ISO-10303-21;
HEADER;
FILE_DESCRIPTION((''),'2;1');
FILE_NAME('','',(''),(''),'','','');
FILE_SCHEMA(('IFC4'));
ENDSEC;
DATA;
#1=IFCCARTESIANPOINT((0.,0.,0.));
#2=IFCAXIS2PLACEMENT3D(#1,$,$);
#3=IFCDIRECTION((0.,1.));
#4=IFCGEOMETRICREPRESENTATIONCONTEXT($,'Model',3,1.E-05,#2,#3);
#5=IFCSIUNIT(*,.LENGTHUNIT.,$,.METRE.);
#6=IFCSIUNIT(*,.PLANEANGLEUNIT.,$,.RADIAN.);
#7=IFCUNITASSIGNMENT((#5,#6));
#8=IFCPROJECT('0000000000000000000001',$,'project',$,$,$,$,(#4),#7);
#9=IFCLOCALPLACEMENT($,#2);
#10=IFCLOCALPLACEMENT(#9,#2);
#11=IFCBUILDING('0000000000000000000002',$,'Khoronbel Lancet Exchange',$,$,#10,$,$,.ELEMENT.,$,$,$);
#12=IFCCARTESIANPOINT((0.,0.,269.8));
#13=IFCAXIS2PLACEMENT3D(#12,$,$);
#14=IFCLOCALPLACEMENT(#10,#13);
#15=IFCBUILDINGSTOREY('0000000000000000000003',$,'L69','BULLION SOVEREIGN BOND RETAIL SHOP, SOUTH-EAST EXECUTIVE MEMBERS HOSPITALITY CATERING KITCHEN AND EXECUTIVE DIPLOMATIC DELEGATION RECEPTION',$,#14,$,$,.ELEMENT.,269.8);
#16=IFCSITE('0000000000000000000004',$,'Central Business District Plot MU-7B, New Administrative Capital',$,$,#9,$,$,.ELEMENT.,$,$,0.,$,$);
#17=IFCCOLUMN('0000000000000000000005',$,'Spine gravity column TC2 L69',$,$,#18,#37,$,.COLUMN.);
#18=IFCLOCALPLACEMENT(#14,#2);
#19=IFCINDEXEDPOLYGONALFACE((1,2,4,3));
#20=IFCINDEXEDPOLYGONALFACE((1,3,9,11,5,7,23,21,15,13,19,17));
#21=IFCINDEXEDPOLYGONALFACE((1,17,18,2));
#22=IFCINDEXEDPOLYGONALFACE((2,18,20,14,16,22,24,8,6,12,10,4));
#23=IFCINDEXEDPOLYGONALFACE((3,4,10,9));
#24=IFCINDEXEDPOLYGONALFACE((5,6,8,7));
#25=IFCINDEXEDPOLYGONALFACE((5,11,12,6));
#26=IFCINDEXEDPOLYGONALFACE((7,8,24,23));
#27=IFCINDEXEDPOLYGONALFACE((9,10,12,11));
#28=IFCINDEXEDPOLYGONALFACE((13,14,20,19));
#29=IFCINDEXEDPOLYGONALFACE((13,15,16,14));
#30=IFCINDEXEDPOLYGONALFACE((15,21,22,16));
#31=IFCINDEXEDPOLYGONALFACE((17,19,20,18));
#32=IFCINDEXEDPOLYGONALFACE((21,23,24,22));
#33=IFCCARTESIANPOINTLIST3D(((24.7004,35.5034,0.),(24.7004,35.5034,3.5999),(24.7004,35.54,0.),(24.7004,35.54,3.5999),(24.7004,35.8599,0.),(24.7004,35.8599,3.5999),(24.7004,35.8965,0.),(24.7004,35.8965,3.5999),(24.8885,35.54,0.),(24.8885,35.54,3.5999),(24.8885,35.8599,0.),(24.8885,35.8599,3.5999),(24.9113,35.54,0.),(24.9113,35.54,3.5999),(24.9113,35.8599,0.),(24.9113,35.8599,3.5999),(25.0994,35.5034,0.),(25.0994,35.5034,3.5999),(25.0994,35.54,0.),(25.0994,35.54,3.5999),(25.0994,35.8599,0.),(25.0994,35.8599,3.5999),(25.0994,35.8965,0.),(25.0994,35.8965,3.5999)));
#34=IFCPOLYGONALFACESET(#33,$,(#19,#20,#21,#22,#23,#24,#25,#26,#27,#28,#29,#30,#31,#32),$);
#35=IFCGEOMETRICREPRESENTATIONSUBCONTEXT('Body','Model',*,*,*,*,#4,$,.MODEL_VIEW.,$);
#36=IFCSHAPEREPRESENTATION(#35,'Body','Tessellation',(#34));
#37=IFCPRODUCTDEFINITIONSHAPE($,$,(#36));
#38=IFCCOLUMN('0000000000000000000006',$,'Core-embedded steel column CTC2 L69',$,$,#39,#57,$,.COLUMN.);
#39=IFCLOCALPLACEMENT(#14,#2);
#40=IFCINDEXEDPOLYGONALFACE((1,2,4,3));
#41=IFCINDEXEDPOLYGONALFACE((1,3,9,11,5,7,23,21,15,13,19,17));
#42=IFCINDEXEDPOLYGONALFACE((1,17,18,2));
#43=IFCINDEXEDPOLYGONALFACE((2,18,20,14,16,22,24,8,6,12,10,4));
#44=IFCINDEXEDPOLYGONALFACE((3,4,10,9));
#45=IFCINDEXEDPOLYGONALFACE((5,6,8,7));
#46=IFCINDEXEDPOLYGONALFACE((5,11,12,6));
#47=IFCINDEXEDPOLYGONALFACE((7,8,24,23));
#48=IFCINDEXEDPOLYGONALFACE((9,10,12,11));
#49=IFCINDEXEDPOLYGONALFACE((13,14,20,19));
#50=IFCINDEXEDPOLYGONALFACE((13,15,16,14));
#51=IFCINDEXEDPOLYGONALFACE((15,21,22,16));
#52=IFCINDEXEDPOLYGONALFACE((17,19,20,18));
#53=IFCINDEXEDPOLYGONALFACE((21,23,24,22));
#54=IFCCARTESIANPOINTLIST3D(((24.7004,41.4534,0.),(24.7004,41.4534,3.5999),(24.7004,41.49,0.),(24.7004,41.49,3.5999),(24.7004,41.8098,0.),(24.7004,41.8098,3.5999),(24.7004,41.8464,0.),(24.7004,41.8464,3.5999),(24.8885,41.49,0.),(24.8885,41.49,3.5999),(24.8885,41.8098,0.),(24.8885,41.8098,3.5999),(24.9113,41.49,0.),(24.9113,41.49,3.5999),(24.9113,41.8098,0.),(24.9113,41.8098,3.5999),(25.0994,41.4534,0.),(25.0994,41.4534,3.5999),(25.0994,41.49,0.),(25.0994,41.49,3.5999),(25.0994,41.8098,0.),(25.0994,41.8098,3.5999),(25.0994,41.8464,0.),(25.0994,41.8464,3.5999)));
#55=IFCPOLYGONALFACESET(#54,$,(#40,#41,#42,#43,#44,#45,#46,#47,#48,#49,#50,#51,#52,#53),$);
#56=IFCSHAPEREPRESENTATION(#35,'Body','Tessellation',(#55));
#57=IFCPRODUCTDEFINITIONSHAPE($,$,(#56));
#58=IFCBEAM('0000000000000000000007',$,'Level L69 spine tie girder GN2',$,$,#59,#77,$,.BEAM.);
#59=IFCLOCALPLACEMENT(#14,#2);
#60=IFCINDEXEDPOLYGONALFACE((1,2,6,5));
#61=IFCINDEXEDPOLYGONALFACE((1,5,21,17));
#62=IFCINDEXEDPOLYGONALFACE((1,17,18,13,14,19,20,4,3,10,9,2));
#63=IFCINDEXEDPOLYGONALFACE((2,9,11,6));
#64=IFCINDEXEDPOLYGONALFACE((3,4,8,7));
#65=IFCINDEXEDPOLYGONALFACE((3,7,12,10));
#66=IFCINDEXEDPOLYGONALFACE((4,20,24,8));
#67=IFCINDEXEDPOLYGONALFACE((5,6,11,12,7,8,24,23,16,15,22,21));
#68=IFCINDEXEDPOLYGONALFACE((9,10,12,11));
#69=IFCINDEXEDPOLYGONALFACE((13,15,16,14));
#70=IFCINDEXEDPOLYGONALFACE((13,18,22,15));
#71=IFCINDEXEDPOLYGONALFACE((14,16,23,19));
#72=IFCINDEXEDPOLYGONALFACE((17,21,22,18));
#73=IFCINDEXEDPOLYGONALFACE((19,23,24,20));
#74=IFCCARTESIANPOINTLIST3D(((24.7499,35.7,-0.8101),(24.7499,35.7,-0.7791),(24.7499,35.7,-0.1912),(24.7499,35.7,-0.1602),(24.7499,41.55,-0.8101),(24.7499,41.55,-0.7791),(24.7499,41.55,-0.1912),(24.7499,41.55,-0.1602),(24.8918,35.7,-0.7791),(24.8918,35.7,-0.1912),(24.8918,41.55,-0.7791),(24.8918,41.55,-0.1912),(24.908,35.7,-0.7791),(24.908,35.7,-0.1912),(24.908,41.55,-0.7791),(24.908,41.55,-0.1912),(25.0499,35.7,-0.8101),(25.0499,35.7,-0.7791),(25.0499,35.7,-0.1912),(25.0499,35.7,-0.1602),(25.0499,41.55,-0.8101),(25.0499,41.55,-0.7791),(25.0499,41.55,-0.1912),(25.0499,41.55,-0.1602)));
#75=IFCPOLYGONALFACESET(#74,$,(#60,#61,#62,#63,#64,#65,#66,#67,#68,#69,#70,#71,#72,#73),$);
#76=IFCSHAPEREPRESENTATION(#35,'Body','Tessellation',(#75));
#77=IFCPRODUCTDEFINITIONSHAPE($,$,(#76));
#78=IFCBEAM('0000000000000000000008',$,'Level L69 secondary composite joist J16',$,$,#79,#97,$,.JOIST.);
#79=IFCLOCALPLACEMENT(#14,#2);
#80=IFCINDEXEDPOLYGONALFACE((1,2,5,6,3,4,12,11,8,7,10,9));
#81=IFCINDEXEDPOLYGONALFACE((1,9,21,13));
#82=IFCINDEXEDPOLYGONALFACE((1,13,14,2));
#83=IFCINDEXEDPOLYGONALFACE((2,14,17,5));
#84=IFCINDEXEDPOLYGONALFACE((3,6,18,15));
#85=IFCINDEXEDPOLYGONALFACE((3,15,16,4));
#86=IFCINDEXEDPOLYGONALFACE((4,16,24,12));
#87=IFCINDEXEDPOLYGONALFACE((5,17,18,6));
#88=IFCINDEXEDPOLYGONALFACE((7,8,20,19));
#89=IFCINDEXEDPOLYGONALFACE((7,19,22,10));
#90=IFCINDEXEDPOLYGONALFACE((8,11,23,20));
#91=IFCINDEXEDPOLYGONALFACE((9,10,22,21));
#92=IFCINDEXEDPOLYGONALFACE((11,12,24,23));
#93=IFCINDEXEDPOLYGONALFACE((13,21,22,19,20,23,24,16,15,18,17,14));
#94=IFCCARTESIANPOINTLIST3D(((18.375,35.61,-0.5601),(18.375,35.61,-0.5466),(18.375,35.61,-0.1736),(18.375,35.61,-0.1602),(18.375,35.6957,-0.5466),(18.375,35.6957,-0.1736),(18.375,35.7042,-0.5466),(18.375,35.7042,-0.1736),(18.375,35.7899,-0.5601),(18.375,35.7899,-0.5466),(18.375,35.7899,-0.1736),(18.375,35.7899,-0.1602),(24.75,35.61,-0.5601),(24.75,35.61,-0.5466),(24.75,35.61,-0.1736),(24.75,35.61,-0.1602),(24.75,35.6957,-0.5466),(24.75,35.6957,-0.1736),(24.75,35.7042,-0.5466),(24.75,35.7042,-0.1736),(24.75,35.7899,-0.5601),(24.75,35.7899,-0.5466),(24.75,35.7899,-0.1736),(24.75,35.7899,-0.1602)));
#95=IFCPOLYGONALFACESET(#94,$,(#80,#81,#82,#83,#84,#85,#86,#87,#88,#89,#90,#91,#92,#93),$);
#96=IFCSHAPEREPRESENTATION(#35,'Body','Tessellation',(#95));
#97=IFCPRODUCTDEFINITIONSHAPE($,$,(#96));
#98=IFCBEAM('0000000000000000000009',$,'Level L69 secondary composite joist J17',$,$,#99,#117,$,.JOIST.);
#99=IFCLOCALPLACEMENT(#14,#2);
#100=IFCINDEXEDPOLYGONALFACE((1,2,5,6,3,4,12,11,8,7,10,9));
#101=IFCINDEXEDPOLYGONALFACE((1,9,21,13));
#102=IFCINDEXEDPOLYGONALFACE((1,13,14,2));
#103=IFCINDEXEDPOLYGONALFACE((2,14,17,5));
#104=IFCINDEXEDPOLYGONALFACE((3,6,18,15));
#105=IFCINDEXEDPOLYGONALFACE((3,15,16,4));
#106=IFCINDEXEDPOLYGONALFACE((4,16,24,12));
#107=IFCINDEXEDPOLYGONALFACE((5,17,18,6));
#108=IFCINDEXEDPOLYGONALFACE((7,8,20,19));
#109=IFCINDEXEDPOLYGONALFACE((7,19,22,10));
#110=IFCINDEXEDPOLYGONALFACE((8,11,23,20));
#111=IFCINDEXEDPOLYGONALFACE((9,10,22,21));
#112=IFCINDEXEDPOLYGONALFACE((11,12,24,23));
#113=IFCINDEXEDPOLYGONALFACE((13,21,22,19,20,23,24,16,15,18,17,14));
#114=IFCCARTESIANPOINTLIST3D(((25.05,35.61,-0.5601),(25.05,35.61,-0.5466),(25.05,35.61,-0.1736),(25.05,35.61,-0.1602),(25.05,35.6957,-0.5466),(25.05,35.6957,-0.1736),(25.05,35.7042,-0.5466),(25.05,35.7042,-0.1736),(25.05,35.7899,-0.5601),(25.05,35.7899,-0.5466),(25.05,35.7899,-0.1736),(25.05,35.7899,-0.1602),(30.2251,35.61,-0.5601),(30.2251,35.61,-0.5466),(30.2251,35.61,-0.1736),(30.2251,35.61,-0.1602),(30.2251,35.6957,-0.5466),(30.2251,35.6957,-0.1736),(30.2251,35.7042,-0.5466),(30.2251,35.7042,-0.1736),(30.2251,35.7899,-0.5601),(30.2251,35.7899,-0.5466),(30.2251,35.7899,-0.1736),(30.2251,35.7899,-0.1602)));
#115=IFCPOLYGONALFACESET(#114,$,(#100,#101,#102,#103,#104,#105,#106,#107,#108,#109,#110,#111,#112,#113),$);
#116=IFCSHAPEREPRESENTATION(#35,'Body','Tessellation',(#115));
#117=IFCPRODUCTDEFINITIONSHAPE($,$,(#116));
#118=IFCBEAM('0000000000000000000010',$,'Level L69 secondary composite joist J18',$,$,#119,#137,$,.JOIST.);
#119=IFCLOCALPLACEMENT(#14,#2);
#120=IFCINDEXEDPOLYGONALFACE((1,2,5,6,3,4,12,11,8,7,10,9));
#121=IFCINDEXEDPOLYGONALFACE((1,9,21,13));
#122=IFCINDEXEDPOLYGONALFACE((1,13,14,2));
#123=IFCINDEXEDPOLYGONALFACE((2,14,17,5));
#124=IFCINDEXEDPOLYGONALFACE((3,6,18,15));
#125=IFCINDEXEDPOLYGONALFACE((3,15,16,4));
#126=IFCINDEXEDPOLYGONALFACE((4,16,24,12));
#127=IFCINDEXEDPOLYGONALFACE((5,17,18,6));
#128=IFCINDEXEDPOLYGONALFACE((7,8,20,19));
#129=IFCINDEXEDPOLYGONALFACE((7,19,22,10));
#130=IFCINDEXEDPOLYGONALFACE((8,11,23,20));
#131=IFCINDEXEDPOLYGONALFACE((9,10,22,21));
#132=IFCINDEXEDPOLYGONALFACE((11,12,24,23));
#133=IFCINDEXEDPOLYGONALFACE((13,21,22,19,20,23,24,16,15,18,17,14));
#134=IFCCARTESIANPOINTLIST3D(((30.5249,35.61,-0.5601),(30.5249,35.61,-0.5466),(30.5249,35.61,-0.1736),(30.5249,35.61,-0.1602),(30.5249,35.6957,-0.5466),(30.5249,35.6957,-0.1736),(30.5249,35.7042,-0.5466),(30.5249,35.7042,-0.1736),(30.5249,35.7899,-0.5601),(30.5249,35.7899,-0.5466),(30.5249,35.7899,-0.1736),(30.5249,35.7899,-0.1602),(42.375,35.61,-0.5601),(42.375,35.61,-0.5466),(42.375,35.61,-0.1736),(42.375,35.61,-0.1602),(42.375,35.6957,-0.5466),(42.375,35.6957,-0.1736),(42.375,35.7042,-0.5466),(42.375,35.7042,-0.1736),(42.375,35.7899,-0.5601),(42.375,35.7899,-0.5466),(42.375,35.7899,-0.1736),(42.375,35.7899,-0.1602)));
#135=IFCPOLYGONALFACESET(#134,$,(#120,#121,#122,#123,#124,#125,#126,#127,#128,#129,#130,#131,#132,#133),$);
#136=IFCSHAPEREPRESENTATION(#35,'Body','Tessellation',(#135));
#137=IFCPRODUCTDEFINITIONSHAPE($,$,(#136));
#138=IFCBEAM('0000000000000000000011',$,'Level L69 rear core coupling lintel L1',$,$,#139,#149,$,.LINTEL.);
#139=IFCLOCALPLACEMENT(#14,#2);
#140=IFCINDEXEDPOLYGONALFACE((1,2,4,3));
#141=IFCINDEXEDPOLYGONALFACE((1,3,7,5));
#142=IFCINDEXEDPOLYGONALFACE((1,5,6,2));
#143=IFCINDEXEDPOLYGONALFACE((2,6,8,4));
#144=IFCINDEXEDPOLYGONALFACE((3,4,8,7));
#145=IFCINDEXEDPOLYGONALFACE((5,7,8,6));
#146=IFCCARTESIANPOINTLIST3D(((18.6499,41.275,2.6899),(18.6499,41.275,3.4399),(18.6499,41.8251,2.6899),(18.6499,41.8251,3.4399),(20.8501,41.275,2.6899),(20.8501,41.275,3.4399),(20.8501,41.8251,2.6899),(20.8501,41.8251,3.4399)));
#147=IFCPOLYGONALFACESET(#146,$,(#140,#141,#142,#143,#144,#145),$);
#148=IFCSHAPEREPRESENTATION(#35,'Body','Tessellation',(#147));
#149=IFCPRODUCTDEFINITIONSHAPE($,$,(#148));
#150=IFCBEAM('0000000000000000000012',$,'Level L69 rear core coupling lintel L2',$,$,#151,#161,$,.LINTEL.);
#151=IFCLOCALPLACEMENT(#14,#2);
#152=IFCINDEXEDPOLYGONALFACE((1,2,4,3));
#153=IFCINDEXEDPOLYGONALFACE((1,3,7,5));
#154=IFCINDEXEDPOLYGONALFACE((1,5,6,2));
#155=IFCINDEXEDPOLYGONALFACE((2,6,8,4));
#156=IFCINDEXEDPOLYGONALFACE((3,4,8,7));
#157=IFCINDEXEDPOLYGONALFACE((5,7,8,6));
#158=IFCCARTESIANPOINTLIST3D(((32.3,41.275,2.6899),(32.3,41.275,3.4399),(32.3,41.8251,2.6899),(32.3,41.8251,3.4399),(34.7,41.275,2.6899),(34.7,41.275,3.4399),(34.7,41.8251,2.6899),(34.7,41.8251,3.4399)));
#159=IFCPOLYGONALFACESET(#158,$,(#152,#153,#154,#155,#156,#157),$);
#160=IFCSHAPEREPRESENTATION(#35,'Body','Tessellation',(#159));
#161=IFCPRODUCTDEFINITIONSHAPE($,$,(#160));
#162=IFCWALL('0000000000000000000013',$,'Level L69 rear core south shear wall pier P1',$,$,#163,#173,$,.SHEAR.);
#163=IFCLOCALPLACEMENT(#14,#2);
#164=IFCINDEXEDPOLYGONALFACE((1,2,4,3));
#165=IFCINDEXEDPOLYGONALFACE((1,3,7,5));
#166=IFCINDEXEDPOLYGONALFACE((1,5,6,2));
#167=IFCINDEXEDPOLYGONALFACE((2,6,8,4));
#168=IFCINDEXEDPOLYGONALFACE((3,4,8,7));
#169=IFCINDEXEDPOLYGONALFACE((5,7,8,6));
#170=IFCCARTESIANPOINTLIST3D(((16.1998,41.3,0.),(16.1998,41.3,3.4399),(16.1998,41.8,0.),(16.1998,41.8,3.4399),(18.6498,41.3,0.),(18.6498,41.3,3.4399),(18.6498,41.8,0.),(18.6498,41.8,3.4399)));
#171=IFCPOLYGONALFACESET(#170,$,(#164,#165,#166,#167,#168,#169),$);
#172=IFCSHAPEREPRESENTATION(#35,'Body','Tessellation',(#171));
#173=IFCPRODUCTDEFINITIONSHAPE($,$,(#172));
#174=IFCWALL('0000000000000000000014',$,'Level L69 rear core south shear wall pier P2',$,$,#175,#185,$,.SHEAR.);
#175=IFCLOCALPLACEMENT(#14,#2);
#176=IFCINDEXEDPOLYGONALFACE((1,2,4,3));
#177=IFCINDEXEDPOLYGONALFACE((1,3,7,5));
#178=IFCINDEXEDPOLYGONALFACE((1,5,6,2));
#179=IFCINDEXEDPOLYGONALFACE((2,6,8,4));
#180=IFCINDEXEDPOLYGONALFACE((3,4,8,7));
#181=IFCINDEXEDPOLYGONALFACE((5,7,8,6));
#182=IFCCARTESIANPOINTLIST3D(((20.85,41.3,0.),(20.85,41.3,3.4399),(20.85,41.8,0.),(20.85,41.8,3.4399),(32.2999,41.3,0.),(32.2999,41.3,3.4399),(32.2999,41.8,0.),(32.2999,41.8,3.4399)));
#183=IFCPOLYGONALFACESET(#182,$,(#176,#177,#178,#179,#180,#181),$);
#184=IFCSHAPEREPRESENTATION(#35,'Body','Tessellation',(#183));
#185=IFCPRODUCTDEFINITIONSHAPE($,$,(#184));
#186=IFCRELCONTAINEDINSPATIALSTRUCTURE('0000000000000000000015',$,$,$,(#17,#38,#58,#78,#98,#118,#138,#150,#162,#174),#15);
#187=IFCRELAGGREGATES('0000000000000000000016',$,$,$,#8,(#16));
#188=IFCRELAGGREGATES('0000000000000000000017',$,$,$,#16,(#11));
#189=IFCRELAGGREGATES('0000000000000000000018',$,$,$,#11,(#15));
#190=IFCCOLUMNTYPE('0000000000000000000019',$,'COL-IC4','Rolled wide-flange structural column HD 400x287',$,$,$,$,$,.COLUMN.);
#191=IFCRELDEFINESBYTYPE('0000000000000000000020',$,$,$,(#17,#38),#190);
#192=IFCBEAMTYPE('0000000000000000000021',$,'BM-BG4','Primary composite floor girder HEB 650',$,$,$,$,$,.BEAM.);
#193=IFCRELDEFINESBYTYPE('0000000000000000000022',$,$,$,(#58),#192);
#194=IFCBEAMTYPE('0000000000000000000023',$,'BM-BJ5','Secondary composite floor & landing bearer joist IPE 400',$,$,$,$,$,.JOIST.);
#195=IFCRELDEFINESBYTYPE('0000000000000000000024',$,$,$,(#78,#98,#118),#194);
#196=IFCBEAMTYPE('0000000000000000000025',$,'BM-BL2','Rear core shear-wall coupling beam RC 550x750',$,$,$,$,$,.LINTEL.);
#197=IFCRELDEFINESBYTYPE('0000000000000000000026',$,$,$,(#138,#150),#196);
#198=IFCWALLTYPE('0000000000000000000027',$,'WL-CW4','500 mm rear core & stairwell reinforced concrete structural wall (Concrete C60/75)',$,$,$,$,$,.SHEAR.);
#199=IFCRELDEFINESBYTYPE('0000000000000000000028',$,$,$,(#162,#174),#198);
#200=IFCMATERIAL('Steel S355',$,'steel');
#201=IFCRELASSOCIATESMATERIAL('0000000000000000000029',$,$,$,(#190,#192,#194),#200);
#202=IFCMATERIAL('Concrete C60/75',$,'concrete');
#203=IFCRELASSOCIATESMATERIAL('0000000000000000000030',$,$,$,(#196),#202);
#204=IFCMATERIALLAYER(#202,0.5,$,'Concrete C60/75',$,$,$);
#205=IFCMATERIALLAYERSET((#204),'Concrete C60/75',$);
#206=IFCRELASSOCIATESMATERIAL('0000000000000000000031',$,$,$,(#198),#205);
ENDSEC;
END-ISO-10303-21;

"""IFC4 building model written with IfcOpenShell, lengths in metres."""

from ifc_helpers import new_model, si_unit, direction, frame, frame_2d, origin, origin_2d, place, context, subcontext, project, spatial, rectangle, i_section, extrude, material, layer, layer_set, material_profile, profile_set, type_object, element, save


model = new_model("IFC4")

# Units and contexts
model_context = context("Model", 3, precision=1e-05, world=origin(), true_north=direction((0.0, 1.0)))
body_context = subcontext(model_context, "Body", "Model", "MODEL_VIEW")
ifc_project = project(units=[si_unit("LENGTHUNIT", "METRE"), si_unit("PLANEANGLEUNIT", "RADIAN")], contexts=[model_context])

# Site, building, storey
site_placement = place(None, origin())
site = spatial("IfcSite", under=ifc_project, at=site_placement, Name="Central Business District Plot MU-7B, New Administrative Capital", CompositionType="ELEMENT", RefElevation=0.0)
building_placement = place(site_placement, origin())
building = spatial("IfcBuilding", under=site, at=building_placement, Name="Khoronbel Lancet Exchange", CompositionType="ELEMENT")
storey_placement = place(building_placement, frame((0.0, 0.0, 269.8)))
storey = spatial("IfcBuildingStorey", under=building, at=storey_placement, Name="L69", Description="BULLION SOVEREIGN BOND RETAIL SHOP, SOUTH-EAST EXECUTIVE MEMBERS HOSPITALITY CATERING KITCHEN AND EXECUTIVE DIPLOMATIC DELEGATION RECEPTION", CompositionType="ELEMENT", Elevation=269.8)

# Columns
ifc_material_1 = material(Name="Steel S355", Category="steel")
ifc_material_profile_1 = material_profile(ifc_material_1, i_section(OverallWidth=0.3989, OverallDepth=0.3931, WebThickness=0.0227, FlangeThickness=0.0366, at=origin_2d()), Name="HD 400x287")
ifc_profile_set_1 = profile_set([ifc_material_profile_1], Name="Steel S355")
column_type = type_object("IfcColumnType", Name="COL-IC4", Description="Rolled wide-flange structural column HD 400x287", PredefinedType="COLUMN", material=ifc_profile_set_1)
for number, where, z_axis, x_axis, name in (
    (1, (24.8999, 35.7, 0.0), (0.0, 0.0, 1.0), (1.0, 0.0, 0.0), "Spine gravity column TC2 L69"),
    (2, (24.8999, 41.6499, 0.0), (0.0, 0.0, 1.0), (1.0, 0.0, 0.0), "Core-embedded steel column CTC2 L69"),
):
    element("IfcColumn", number, at=place(storey_placement, frame(where, z_axis=z_axis, x_axis=x_axis)), inside=storey, type_object=column_type, Name=name, PredefinedType="COLUMN", context=body_context, shape_type="SweptSolid", body=[
        extrude(i_section(OverallWidth=0.3989, OverallDepth=0.3931, WebThickness=0.0227, FlangeThickness=0.0366, at=origin_2d()), origin(), (0.0, 0.0, 1.0), 3.5999),
    ])

# Beams
ifc_material_profile_2 = material_profile(ifc_material_1, i_section(OverallWidth=0.3, OverallDepth=0.6499, WebThickness=0.0161, FlangeThickness=0.031, at=origin_2d()), Name="HEB 650")
ifc_profile_set_2 = profile_set([ifc_material_profile_2], Name="Steel S355")
beam_type_1 = type_object("IfcBeamType", Name="BM-BG4", Description="Primary composite floor girder HEB 650", PredefinedType="BEAM", material=ifc_profile_set_2)
beam_1_placement = place(storey_placement, frame((24.8999, 35.7, -0.4851), z_axis=(0.0, 1.0, 0.0), x_axis=(-1.0, 0.0, 0.0)))
element("IfcBeam", 3, at=beam_1_placement, inside=storey, type_object=beam_type_1, Name="Level L69 spine tie girder GN2", PredefinedType="BEAM", context=body_context, shape_type="SweptSolid", body=[
    extrude(i_section(OverallWidth=0.3, OverallDepth=0.6499, WebThickness=0.0161, FlangeThickness=0.031, at=origin_2d()), origin(), (0.0, 0.0, 1.0), 5.8501),
])
ifc_material_profile_3 = material_profile(ifc_material_1, i_section(OverallWidth=0.1799, OverallDepth=0.3999, WebThickness=0.0085, FlangeThickness=0.0134, at=origin_2d()), Name="IPE 400")
ifc_profile_set_3 = profile_set([ifc_material_profile_3], Name="Steel S355")
beam_type_2 = type_object("IfcBeamType", Name="BM-BJ5", Description="Secondary composite floor & landing bearer joist IPE 400", PredefinedType="JOIST", material=ifc_profile_set_3)
beam_2_placement = place(storey_placement, frame((18.375, 35.7, -0.3601), z_axis=(1.0, 0.0, 0.0), x_axis=(0.0, 1.0, 0.0)))
element("IfcBeam", 4, at=beam_2_placement, inside=storey, type_object=beam_type_2, Name="Level L69 secondary composite joist J16", PredefinedType="JOIST", context=body_context, shape_type="SweptSolid", body=[
    extrude(i_section(OverallWidth=0.1799, OverallDepth=0.3999, WebThickness=0.0085, FlangeThickness=0.0134, at=origin_2d()), origin(), (0.0, 0.0, 1.0), 6.375),
])
beam_3_placement = place(storey_placement, frame((25.05, 35.7, -0.3601), z_axis=(1.0, 0.0, 0.0), x_axis=(0.0, 1.0, 0.0)))
element("IfcBeam", 5, at=beam_3_placement, inside=storey, type_object=beam_type_2, Name="Level L69 secondary composite joist J17", PredefinedType="JOIST", context=body_context, shape_type="SweptSolid", body=[
    extrude(i_section(OverallWidth=0.1799, OverallDepth=0.3999, WebThickness=0.0085, FlangeThickness=0.0134, at=origin_2d()), origin(), (0.0, 0.0, 1.0), 5.175),
])
beam_4_placement = place(storey_placement, frame((30.5249, 35.7, -0.3601), z_axis=(1.0, 0.0, 0.0), x_axis=(0.0, 1.0, 0.0)))
element("IfcBeam", 6, at=beam_4_placement, inside=storey, type_object=beam_type_2, Name="Level L69 secondary composite joist J18", PredefinedType="JOIST", context=body_context, shape_type="SweptSolid", body=[
    extrude(i_section(OverallWidth=0.1799, OverallDepth=0.3999, WebThickness=0.0085, FlangeThickness=0.0134, at=origin_2d()), origin(), (0.0, 0.0, 1.0), 11.8501),
])
ifc_material_2 = material(Name="Concrete C60/75", Category="concrete")
ifc_material_profile_4 = material_profile(ifc_material_2, rectangle(XDim=0.55, YDim=0.75, at=origin_2d()), Name="RC 550x750")
ifc_profile_set_4 = profile_set([ifc_material_profile_4], Name="Concrete C60/75")
beam_type_3 = type_object("IfcBeamType", Name="BM-BL2", Description="Rear core shear-wall coupling beam RC 550x750", PredefinedType="LINTEL", material=ifc_profile_set_4)
beam_5_placement = place(storey_placement, frame((18.6499, 41.55, 3.0649), z_axis=(1.0, 0.0, 0.0), x_axis=(0.0, 1.0, 0.0)))
element("IfcBeam", 7, at=beam_5_placement, inside=storey, type_object=beam_type_3, Name="Level L69 rear core coupling lintel L1", PredefinedType="LINTEL", context=body_context, shape_type="SweptSolid", body=[
    extrude(rectangle(XDim=0.55, YDim=0.75, at=origin_2d()), origin(), (0.0, 0.0, 1.0), 2.2002),
])
beam_6_placement = place(storey_placement, frame((32.3, 41.55, 3.0649), z_axis=(1.0, 0.0, 0.0), x_axis=(0.0, 1.0, 0.0)))
element("IfcBeam", 8, at=beam_6_placement, inside=storey, type_object=beam_type_3, Name="Level L69 rear core coupling lintel L2", PredefinedType="LINTEL", context=body_context, shape_type="SweptSolid", body=[
    extrude(rectangle(XDim=0.55, YDim=0.75, at=origin_2d()), origin(), (0.0, 0.0, 1.0), 2.3999),
])

# Walls
ifc_layer_1 = layer(ifc_material_2, 0.5, Name="Concrete C60/75")
ifc_layer_set_1 = layer_set([ifc_layer_1], Name="Concrete C60/75")
wall_type_1 = type_object("IfcWallType", Name="WL-CW4", Description="500 mm rear core & stairwell reinforced concrete structural wall (Concrete C60/75)", PredefinedType="SHEAR", material=ifc_layer_set_1)
wall_1_placement = place(storey_placement, frame((18.6499, 41.55, 0.0), z_axis=(0.0, 0.0, 1.0), x_axis=(-1.0, 0.0, 0.0)))
element("IfcWall", 9, at=wall_1_placement, inside=storey, type_object=wall_type_1, Name="Level L69 rear core south shear wall pier P1", PredefinedType="SHEAR", context=body_context, shape_type="SweptSolid", body=[
    extrude(rectangle(XDim=2.45, YDim=0.5, at=frame_2d((1.2251, 0.0))), origin(), (0.0, 0.0, 1.0), 3.4399),
])
wall_2_placement = place(storey_placement, frame((32.3, 41.55, 0.0), z_axis=(0.0, 0.0, 1.0), x_axis=(-1.0, 0.0, 0.0)))
element("IfcWall", 10, at=wall_2_placement, inside=storey, type_object=wall_type_1, Name="Level L69 rear core south shear wall pier P2", PredefinedType="SHEAR", context=body_context, shape_type="SweptSolid", body=[
    extrude(rectangle(XDim=11.45, YDim=0.5, at=frame_2d((5.7251, 0.0))), origin(), (0.0, 0.0, 1.0), 3.4399),
])

save(model, "model.ifc")
